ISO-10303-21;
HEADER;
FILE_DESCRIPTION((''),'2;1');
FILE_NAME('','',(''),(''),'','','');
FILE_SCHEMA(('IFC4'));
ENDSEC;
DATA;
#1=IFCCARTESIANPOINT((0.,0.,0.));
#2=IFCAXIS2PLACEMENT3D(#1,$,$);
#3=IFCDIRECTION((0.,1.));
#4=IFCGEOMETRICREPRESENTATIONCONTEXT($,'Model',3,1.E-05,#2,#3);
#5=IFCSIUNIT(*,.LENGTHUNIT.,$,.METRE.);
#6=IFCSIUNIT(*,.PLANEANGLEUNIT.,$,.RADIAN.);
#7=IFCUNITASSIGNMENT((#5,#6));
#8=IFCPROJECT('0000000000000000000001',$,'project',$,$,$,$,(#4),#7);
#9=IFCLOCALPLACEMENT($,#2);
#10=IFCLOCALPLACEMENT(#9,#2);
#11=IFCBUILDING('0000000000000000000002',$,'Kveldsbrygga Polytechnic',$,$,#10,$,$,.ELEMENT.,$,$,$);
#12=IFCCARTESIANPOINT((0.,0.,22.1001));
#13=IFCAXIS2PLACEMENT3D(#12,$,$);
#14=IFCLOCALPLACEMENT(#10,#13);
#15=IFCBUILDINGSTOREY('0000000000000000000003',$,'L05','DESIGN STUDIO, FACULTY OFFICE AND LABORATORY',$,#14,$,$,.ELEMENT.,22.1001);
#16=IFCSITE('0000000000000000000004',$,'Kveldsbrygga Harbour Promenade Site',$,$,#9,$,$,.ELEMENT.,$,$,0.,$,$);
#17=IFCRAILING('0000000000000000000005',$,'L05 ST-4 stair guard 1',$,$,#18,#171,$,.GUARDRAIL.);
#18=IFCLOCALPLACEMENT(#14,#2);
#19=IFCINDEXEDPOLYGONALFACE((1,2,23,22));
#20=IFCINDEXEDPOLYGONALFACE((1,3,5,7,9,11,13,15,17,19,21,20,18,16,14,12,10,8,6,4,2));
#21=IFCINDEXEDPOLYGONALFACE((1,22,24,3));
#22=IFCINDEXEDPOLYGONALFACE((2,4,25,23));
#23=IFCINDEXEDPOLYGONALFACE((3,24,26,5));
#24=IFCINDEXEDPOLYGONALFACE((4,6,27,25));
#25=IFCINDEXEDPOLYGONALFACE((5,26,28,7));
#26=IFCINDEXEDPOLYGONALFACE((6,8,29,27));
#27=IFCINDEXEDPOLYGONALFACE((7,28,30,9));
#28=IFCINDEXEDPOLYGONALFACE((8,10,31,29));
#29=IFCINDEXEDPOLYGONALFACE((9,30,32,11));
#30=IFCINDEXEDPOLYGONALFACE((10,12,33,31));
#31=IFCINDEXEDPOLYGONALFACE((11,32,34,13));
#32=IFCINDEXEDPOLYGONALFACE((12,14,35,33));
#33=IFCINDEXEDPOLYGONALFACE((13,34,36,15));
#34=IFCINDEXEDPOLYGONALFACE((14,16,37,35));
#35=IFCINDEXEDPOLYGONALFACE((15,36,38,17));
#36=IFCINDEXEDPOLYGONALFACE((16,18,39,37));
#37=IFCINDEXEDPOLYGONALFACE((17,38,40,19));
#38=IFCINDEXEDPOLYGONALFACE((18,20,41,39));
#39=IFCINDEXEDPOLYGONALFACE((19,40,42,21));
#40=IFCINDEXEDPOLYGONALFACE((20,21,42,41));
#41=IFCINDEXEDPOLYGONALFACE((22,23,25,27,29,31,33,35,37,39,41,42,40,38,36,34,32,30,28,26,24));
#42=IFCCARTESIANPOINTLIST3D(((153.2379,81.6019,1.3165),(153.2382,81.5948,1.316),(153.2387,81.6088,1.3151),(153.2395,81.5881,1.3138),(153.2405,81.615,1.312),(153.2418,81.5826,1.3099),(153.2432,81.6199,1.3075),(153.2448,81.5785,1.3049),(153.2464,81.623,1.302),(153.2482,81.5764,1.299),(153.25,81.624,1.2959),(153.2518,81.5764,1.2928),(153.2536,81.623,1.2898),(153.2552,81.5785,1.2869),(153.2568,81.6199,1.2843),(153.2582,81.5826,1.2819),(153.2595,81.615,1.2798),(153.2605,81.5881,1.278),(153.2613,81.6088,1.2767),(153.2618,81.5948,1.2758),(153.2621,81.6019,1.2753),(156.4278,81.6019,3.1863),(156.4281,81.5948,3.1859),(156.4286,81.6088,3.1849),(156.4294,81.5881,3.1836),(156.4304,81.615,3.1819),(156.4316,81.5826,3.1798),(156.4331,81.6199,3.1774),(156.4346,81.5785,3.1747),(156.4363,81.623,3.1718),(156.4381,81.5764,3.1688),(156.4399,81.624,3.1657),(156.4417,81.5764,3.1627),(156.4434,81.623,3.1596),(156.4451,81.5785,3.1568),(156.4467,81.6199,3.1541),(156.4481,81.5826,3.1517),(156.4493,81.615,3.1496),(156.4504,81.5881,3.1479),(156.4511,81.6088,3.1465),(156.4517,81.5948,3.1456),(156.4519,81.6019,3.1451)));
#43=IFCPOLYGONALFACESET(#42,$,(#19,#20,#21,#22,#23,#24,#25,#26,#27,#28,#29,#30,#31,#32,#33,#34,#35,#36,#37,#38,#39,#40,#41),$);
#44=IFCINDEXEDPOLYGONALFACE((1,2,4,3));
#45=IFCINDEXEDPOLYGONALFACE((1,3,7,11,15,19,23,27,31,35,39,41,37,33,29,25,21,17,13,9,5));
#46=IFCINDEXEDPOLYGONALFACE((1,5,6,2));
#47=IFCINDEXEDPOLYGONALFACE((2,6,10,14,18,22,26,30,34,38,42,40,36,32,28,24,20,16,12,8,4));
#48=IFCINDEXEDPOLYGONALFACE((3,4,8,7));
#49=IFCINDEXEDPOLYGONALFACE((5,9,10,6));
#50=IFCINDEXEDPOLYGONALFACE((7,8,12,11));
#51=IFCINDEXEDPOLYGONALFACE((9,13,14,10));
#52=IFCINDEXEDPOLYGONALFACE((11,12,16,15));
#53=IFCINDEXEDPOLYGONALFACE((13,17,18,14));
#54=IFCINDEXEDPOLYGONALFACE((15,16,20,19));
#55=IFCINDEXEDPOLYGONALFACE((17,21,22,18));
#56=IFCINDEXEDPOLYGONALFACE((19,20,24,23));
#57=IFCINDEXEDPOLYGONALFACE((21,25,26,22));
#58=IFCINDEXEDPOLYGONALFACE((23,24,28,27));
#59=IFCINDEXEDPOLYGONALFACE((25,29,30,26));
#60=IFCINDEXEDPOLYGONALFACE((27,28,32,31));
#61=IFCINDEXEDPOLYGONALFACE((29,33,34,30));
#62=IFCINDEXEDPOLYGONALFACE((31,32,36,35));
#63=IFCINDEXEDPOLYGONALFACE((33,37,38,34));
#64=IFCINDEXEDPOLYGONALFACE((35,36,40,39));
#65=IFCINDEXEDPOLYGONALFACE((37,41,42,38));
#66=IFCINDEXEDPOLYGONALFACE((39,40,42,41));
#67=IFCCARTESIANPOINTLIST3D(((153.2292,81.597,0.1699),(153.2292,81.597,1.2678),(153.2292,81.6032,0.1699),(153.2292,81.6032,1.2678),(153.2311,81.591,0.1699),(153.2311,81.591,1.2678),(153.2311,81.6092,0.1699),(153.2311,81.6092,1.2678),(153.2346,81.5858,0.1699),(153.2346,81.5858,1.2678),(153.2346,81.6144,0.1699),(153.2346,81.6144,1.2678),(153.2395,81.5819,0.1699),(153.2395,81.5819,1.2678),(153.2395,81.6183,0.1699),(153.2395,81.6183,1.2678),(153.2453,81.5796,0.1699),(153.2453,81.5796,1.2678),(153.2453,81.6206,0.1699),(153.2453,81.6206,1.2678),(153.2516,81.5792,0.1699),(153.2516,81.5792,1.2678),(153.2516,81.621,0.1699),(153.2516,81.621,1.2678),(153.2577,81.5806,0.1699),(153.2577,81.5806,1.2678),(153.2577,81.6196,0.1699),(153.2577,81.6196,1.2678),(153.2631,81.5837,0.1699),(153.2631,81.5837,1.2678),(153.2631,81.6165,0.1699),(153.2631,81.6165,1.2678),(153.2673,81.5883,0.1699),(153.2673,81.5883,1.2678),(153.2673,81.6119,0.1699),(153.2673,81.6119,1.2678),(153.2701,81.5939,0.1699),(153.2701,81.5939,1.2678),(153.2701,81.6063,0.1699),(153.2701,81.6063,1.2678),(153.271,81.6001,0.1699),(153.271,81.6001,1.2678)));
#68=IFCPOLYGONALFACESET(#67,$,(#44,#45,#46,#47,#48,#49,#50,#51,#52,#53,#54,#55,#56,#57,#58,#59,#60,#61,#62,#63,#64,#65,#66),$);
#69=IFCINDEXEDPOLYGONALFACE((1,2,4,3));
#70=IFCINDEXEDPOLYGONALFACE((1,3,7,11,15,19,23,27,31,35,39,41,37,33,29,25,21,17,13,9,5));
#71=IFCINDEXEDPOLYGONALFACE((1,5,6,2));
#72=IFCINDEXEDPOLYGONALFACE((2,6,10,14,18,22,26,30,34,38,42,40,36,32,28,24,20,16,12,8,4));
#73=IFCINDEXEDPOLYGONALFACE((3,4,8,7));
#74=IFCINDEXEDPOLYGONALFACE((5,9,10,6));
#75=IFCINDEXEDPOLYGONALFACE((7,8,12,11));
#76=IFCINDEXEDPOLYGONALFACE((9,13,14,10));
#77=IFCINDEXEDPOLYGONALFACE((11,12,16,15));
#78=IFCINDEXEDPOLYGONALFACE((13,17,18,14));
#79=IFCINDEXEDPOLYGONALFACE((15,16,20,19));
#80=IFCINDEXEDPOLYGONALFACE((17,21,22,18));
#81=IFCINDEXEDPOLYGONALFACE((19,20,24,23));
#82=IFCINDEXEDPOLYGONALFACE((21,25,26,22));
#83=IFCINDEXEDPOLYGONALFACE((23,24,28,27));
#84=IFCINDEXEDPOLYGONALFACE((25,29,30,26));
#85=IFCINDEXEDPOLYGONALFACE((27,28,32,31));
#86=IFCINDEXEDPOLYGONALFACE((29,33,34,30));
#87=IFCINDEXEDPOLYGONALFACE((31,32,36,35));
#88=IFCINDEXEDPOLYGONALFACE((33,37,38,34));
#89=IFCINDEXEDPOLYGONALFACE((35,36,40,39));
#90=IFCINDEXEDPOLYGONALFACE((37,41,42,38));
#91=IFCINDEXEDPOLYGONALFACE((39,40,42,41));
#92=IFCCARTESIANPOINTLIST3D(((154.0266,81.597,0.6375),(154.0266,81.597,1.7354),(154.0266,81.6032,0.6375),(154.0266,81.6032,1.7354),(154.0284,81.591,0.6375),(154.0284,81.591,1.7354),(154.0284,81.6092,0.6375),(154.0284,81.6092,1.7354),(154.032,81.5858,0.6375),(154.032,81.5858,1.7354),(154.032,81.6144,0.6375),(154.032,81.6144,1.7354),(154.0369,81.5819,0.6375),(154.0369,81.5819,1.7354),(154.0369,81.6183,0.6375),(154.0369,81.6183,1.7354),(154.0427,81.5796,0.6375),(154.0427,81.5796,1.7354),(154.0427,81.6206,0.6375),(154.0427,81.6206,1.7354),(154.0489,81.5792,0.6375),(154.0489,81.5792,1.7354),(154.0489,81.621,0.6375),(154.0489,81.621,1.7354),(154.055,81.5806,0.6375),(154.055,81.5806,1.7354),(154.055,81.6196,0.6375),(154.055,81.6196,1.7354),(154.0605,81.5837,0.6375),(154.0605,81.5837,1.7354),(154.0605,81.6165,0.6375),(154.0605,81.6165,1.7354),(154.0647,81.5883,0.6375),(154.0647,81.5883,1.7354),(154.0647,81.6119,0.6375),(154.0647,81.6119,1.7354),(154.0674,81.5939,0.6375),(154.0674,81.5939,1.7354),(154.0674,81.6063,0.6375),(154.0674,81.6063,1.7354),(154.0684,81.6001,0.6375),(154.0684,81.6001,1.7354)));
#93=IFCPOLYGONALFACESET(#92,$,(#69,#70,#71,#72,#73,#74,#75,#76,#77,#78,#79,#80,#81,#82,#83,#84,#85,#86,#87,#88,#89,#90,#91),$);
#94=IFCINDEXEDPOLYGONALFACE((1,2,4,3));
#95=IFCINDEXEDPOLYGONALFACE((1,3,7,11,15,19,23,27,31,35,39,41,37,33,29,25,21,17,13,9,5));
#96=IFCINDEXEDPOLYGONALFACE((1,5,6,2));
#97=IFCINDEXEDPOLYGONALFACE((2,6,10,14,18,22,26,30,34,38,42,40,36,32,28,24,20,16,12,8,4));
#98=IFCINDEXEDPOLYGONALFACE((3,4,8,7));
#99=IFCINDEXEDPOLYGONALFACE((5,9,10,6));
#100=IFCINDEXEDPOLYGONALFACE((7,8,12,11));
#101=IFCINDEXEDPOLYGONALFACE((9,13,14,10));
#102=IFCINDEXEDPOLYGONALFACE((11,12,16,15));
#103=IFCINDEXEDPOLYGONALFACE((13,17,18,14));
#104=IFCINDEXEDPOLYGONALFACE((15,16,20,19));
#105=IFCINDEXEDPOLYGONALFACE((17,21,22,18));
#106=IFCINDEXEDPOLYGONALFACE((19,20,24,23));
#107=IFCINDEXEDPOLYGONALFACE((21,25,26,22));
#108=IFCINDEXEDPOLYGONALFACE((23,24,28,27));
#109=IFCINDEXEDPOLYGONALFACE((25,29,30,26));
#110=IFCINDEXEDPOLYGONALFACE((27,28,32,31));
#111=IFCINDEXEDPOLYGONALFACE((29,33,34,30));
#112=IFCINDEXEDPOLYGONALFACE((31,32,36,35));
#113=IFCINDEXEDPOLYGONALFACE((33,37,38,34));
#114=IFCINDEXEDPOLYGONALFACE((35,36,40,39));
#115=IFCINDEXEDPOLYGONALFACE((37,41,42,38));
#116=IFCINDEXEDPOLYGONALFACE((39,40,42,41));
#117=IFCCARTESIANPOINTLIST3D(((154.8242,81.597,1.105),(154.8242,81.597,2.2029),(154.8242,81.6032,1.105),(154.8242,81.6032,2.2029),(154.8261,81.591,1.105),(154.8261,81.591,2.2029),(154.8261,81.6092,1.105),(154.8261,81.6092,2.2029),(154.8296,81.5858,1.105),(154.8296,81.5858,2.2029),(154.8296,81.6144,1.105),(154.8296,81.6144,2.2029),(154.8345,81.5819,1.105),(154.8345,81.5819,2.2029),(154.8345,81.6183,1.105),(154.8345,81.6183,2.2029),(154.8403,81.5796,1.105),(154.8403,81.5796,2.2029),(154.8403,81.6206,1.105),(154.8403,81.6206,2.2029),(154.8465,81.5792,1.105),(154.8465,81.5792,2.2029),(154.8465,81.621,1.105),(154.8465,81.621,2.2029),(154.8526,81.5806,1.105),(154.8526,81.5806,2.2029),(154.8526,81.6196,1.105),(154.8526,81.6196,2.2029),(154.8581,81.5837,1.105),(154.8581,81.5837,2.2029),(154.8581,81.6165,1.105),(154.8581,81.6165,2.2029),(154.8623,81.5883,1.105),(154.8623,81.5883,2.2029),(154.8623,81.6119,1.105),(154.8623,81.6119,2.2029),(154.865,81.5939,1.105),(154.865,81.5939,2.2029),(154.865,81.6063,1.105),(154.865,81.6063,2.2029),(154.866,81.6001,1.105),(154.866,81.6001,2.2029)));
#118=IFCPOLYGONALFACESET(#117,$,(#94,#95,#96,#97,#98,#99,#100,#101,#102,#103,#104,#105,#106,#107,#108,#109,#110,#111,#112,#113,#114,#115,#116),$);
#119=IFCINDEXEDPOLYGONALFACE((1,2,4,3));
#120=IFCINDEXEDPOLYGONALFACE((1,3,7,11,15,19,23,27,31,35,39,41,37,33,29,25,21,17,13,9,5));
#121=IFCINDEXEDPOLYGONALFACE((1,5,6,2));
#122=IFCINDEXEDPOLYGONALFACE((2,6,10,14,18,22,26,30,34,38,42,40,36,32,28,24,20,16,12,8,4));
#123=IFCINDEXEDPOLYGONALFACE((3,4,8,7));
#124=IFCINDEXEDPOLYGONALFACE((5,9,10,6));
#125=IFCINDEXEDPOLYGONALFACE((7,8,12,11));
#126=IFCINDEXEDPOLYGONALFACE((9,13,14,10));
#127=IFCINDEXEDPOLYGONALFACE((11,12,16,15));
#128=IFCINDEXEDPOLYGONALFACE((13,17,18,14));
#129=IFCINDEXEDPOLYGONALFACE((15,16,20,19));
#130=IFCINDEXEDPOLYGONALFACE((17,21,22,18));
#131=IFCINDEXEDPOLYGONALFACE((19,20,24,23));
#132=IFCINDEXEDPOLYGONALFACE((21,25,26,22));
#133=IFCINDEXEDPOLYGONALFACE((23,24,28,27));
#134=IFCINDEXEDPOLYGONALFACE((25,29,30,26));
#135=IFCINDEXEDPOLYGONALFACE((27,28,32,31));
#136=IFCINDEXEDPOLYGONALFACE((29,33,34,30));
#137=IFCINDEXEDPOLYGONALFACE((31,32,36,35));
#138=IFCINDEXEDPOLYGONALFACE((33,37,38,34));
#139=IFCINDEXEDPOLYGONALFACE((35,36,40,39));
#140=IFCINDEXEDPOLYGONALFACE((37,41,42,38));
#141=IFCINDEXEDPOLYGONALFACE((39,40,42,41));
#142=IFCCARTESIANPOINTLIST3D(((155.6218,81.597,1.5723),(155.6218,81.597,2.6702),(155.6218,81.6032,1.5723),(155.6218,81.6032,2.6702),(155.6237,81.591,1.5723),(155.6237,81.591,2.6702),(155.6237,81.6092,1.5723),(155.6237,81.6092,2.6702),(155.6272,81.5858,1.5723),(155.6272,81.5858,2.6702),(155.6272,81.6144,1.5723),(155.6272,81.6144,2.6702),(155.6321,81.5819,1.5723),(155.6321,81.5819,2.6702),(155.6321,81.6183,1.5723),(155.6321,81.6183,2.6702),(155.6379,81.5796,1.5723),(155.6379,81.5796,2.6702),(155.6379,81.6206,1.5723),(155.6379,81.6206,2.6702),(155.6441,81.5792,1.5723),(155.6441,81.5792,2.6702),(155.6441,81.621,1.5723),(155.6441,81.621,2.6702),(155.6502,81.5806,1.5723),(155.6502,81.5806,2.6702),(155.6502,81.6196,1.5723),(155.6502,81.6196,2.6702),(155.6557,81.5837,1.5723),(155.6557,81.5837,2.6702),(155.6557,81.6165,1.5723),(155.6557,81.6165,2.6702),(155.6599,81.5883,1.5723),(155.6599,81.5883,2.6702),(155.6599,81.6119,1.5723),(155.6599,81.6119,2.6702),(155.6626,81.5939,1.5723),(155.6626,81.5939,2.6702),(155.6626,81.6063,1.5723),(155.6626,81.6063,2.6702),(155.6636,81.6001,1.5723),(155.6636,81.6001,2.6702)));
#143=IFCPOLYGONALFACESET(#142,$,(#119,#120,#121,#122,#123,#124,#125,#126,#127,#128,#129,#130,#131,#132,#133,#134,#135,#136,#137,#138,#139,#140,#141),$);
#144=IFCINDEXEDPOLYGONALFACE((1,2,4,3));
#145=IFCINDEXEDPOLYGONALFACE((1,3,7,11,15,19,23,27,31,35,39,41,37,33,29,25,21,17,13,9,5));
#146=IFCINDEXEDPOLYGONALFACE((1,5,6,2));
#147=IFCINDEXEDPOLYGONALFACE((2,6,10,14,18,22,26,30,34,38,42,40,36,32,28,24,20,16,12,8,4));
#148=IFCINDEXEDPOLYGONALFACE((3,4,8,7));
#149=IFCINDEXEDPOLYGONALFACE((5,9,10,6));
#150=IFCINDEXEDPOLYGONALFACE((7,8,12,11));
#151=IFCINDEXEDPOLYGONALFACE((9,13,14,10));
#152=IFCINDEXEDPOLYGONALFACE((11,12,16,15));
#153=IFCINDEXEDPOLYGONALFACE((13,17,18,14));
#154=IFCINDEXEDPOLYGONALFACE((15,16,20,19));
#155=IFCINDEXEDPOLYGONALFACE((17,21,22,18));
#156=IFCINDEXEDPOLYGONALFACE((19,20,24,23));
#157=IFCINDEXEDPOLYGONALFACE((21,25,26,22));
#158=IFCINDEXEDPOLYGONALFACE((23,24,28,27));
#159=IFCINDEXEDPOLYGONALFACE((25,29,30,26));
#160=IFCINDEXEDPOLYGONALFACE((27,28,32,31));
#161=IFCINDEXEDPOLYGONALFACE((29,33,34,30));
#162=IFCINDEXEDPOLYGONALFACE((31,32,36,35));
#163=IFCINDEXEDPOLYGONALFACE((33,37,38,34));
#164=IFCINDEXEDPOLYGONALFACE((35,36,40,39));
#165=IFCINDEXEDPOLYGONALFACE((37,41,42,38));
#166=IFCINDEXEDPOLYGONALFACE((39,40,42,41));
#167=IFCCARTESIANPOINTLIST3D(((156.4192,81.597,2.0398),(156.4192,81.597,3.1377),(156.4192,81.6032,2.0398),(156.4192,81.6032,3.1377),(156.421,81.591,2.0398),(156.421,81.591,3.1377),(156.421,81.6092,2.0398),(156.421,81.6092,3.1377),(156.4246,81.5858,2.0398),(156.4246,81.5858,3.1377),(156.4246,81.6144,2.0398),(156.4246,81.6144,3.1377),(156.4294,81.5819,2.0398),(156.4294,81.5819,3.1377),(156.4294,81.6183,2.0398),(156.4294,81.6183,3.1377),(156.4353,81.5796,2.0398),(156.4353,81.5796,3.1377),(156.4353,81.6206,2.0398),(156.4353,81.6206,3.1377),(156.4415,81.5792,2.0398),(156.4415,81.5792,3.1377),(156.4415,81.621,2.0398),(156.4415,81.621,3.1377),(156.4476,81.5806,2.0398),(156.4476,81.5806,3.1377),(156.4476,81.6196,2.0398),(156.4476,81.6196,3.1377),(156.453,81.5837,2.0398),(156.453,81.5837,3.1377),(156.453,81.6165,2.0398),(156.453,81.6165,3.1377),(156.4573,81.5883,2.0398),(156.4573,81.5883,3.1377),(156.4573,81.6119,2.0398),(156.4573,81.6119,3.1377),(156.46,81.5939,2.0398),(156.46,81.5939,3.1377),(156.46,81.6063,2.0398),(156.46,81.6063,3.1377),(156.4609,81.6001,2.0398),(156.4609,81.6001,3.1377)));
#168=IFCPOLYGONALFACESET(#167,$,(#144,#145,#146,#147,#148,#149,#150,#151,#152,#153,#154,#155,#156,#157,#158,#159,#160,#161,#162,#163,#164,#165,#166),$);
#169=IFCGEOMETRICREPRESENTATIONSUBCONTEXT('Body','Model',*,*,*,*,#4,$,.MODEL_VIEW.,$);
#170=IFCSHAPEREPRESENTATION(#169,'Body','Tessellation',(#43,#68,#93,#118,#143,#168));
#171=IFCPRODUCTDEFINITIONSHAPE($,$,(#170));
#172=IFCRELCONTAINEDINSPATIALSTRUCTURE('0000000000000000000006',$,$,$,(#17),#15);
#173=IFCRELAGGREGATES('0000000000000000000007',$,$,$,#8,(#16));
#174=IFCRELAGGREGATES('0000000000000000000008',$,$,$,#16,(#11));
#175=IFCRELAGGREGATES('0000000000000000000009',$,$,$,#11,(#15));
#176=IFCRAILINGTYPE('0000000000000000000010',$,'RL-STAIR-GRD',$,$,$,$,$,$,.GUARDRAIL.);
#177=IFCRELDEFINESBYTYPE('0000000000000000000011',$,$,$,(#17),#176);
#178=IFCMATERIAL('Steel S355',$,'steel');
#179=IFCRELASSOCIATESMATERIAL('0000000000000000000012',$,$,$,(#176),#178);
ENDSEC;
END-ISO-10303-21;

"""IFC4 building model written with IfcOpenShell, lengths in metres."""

from ifc_helpers import new_model, si_unit, direction, frame, origin, origin_2d, place, context, subcontext, project, spatial, circle, extrude, material, type_object, element, save


model = new_model("IFC4")

# Units and contexts
model_context = context("Model", 3, precision=1e-05, world=origin(), true_north=direction((0.0, 1.0)))
body_context = subcontext(model_context, "Body", "Model", "MODEL_VIEW")
ifc_project = project(units=[si_unit("LENGTHUNIT", "METRE"), si_unit("PLANEANGLEUNIT", "RADIAN")], contexts=[model_context])

# Site, building, storey
site_placement = place(None, origin())
site = spatial("IfcSite", under=ifc_project, at=site_placement, Name="Kveldsbrygga Harbour Promenade Site", CompositionType="ELEMENT", RefElevation=0.0)
building_placement = place(site_placement, origin())
building = spatial("IfcBuilding", under=site, at=building_placement, Name="Kveldsbrygga Polytechnic", CompositionType="ELEMENT")
storey_placement = place(building_placement, frame((0.0, 0.0, 22.1001)))
storey = spatial("IfcBuildingStorey", under=building, at=storey_placement, Name="L05", Description="DESIGN STUDIO, FACULTY OFFICE AND LABORATORY", CompositionType="ELEMENT", Elevation=22.1001)

# Shared definitions
ifc_material_1 = material(Name="Steel S355", Category="steel")

# Railing
railing_type_1 = type_object("IfcRailingType", Name="RL-STAIR-GRD", PredefinedType="GUARDRAIL", material=ifc_material_1)
railing_1_placement = place(storey_placement, frame((153.25, 81.6001, 0.1699)))
element("IfcRailing", 1, at=railing_1_placement, inside=storey, type_object=railing_type_1, Name="L05 ST-4 stair guard 1", PredefinedType="GUARDRAIL", context=body_context, shape_type="SweptSolid", body=[
    extrude(circle(Radius=0.0239, at=origin_2d()), frame((0.0, 0.0, 1.126), z_axis=(0.862709, 0.0, 0.505701), x_axis=(0.0, 1.0, 0.0)), (0.0, 0.0, 1.0), 3.6975),
    extrude(circle(Radius=0.021, at=origin_2d()), origin(), (0.0, 0.0, 1.0), 1.0979),
    extrude(circle(Radius=0.021, at=origin_2d()), frame((0.7974, 0.0, 0.4675)), (0.0, 0.0, 1.0), 1.0979),
    extrude(circle(Radius=0.021, at=origin_2d()), frame((1.595, 0.0, 0.9351)), (0.0, 0.0, 1.0), 1.0979),
    extrude(circle(Radius=0.021, at=origin_2d()), frame((2.3926, 0.0, 1.4023)), (0.0, 0.0, 1.0), 1.0979),
    extrude(circle(Radius=0.021, at=origin_2d()), frame((3.1899, 0.0, 1.8699)), (0.0, 0.0, 1.0), 1.0979),
])

save(model, "model.ifc")
